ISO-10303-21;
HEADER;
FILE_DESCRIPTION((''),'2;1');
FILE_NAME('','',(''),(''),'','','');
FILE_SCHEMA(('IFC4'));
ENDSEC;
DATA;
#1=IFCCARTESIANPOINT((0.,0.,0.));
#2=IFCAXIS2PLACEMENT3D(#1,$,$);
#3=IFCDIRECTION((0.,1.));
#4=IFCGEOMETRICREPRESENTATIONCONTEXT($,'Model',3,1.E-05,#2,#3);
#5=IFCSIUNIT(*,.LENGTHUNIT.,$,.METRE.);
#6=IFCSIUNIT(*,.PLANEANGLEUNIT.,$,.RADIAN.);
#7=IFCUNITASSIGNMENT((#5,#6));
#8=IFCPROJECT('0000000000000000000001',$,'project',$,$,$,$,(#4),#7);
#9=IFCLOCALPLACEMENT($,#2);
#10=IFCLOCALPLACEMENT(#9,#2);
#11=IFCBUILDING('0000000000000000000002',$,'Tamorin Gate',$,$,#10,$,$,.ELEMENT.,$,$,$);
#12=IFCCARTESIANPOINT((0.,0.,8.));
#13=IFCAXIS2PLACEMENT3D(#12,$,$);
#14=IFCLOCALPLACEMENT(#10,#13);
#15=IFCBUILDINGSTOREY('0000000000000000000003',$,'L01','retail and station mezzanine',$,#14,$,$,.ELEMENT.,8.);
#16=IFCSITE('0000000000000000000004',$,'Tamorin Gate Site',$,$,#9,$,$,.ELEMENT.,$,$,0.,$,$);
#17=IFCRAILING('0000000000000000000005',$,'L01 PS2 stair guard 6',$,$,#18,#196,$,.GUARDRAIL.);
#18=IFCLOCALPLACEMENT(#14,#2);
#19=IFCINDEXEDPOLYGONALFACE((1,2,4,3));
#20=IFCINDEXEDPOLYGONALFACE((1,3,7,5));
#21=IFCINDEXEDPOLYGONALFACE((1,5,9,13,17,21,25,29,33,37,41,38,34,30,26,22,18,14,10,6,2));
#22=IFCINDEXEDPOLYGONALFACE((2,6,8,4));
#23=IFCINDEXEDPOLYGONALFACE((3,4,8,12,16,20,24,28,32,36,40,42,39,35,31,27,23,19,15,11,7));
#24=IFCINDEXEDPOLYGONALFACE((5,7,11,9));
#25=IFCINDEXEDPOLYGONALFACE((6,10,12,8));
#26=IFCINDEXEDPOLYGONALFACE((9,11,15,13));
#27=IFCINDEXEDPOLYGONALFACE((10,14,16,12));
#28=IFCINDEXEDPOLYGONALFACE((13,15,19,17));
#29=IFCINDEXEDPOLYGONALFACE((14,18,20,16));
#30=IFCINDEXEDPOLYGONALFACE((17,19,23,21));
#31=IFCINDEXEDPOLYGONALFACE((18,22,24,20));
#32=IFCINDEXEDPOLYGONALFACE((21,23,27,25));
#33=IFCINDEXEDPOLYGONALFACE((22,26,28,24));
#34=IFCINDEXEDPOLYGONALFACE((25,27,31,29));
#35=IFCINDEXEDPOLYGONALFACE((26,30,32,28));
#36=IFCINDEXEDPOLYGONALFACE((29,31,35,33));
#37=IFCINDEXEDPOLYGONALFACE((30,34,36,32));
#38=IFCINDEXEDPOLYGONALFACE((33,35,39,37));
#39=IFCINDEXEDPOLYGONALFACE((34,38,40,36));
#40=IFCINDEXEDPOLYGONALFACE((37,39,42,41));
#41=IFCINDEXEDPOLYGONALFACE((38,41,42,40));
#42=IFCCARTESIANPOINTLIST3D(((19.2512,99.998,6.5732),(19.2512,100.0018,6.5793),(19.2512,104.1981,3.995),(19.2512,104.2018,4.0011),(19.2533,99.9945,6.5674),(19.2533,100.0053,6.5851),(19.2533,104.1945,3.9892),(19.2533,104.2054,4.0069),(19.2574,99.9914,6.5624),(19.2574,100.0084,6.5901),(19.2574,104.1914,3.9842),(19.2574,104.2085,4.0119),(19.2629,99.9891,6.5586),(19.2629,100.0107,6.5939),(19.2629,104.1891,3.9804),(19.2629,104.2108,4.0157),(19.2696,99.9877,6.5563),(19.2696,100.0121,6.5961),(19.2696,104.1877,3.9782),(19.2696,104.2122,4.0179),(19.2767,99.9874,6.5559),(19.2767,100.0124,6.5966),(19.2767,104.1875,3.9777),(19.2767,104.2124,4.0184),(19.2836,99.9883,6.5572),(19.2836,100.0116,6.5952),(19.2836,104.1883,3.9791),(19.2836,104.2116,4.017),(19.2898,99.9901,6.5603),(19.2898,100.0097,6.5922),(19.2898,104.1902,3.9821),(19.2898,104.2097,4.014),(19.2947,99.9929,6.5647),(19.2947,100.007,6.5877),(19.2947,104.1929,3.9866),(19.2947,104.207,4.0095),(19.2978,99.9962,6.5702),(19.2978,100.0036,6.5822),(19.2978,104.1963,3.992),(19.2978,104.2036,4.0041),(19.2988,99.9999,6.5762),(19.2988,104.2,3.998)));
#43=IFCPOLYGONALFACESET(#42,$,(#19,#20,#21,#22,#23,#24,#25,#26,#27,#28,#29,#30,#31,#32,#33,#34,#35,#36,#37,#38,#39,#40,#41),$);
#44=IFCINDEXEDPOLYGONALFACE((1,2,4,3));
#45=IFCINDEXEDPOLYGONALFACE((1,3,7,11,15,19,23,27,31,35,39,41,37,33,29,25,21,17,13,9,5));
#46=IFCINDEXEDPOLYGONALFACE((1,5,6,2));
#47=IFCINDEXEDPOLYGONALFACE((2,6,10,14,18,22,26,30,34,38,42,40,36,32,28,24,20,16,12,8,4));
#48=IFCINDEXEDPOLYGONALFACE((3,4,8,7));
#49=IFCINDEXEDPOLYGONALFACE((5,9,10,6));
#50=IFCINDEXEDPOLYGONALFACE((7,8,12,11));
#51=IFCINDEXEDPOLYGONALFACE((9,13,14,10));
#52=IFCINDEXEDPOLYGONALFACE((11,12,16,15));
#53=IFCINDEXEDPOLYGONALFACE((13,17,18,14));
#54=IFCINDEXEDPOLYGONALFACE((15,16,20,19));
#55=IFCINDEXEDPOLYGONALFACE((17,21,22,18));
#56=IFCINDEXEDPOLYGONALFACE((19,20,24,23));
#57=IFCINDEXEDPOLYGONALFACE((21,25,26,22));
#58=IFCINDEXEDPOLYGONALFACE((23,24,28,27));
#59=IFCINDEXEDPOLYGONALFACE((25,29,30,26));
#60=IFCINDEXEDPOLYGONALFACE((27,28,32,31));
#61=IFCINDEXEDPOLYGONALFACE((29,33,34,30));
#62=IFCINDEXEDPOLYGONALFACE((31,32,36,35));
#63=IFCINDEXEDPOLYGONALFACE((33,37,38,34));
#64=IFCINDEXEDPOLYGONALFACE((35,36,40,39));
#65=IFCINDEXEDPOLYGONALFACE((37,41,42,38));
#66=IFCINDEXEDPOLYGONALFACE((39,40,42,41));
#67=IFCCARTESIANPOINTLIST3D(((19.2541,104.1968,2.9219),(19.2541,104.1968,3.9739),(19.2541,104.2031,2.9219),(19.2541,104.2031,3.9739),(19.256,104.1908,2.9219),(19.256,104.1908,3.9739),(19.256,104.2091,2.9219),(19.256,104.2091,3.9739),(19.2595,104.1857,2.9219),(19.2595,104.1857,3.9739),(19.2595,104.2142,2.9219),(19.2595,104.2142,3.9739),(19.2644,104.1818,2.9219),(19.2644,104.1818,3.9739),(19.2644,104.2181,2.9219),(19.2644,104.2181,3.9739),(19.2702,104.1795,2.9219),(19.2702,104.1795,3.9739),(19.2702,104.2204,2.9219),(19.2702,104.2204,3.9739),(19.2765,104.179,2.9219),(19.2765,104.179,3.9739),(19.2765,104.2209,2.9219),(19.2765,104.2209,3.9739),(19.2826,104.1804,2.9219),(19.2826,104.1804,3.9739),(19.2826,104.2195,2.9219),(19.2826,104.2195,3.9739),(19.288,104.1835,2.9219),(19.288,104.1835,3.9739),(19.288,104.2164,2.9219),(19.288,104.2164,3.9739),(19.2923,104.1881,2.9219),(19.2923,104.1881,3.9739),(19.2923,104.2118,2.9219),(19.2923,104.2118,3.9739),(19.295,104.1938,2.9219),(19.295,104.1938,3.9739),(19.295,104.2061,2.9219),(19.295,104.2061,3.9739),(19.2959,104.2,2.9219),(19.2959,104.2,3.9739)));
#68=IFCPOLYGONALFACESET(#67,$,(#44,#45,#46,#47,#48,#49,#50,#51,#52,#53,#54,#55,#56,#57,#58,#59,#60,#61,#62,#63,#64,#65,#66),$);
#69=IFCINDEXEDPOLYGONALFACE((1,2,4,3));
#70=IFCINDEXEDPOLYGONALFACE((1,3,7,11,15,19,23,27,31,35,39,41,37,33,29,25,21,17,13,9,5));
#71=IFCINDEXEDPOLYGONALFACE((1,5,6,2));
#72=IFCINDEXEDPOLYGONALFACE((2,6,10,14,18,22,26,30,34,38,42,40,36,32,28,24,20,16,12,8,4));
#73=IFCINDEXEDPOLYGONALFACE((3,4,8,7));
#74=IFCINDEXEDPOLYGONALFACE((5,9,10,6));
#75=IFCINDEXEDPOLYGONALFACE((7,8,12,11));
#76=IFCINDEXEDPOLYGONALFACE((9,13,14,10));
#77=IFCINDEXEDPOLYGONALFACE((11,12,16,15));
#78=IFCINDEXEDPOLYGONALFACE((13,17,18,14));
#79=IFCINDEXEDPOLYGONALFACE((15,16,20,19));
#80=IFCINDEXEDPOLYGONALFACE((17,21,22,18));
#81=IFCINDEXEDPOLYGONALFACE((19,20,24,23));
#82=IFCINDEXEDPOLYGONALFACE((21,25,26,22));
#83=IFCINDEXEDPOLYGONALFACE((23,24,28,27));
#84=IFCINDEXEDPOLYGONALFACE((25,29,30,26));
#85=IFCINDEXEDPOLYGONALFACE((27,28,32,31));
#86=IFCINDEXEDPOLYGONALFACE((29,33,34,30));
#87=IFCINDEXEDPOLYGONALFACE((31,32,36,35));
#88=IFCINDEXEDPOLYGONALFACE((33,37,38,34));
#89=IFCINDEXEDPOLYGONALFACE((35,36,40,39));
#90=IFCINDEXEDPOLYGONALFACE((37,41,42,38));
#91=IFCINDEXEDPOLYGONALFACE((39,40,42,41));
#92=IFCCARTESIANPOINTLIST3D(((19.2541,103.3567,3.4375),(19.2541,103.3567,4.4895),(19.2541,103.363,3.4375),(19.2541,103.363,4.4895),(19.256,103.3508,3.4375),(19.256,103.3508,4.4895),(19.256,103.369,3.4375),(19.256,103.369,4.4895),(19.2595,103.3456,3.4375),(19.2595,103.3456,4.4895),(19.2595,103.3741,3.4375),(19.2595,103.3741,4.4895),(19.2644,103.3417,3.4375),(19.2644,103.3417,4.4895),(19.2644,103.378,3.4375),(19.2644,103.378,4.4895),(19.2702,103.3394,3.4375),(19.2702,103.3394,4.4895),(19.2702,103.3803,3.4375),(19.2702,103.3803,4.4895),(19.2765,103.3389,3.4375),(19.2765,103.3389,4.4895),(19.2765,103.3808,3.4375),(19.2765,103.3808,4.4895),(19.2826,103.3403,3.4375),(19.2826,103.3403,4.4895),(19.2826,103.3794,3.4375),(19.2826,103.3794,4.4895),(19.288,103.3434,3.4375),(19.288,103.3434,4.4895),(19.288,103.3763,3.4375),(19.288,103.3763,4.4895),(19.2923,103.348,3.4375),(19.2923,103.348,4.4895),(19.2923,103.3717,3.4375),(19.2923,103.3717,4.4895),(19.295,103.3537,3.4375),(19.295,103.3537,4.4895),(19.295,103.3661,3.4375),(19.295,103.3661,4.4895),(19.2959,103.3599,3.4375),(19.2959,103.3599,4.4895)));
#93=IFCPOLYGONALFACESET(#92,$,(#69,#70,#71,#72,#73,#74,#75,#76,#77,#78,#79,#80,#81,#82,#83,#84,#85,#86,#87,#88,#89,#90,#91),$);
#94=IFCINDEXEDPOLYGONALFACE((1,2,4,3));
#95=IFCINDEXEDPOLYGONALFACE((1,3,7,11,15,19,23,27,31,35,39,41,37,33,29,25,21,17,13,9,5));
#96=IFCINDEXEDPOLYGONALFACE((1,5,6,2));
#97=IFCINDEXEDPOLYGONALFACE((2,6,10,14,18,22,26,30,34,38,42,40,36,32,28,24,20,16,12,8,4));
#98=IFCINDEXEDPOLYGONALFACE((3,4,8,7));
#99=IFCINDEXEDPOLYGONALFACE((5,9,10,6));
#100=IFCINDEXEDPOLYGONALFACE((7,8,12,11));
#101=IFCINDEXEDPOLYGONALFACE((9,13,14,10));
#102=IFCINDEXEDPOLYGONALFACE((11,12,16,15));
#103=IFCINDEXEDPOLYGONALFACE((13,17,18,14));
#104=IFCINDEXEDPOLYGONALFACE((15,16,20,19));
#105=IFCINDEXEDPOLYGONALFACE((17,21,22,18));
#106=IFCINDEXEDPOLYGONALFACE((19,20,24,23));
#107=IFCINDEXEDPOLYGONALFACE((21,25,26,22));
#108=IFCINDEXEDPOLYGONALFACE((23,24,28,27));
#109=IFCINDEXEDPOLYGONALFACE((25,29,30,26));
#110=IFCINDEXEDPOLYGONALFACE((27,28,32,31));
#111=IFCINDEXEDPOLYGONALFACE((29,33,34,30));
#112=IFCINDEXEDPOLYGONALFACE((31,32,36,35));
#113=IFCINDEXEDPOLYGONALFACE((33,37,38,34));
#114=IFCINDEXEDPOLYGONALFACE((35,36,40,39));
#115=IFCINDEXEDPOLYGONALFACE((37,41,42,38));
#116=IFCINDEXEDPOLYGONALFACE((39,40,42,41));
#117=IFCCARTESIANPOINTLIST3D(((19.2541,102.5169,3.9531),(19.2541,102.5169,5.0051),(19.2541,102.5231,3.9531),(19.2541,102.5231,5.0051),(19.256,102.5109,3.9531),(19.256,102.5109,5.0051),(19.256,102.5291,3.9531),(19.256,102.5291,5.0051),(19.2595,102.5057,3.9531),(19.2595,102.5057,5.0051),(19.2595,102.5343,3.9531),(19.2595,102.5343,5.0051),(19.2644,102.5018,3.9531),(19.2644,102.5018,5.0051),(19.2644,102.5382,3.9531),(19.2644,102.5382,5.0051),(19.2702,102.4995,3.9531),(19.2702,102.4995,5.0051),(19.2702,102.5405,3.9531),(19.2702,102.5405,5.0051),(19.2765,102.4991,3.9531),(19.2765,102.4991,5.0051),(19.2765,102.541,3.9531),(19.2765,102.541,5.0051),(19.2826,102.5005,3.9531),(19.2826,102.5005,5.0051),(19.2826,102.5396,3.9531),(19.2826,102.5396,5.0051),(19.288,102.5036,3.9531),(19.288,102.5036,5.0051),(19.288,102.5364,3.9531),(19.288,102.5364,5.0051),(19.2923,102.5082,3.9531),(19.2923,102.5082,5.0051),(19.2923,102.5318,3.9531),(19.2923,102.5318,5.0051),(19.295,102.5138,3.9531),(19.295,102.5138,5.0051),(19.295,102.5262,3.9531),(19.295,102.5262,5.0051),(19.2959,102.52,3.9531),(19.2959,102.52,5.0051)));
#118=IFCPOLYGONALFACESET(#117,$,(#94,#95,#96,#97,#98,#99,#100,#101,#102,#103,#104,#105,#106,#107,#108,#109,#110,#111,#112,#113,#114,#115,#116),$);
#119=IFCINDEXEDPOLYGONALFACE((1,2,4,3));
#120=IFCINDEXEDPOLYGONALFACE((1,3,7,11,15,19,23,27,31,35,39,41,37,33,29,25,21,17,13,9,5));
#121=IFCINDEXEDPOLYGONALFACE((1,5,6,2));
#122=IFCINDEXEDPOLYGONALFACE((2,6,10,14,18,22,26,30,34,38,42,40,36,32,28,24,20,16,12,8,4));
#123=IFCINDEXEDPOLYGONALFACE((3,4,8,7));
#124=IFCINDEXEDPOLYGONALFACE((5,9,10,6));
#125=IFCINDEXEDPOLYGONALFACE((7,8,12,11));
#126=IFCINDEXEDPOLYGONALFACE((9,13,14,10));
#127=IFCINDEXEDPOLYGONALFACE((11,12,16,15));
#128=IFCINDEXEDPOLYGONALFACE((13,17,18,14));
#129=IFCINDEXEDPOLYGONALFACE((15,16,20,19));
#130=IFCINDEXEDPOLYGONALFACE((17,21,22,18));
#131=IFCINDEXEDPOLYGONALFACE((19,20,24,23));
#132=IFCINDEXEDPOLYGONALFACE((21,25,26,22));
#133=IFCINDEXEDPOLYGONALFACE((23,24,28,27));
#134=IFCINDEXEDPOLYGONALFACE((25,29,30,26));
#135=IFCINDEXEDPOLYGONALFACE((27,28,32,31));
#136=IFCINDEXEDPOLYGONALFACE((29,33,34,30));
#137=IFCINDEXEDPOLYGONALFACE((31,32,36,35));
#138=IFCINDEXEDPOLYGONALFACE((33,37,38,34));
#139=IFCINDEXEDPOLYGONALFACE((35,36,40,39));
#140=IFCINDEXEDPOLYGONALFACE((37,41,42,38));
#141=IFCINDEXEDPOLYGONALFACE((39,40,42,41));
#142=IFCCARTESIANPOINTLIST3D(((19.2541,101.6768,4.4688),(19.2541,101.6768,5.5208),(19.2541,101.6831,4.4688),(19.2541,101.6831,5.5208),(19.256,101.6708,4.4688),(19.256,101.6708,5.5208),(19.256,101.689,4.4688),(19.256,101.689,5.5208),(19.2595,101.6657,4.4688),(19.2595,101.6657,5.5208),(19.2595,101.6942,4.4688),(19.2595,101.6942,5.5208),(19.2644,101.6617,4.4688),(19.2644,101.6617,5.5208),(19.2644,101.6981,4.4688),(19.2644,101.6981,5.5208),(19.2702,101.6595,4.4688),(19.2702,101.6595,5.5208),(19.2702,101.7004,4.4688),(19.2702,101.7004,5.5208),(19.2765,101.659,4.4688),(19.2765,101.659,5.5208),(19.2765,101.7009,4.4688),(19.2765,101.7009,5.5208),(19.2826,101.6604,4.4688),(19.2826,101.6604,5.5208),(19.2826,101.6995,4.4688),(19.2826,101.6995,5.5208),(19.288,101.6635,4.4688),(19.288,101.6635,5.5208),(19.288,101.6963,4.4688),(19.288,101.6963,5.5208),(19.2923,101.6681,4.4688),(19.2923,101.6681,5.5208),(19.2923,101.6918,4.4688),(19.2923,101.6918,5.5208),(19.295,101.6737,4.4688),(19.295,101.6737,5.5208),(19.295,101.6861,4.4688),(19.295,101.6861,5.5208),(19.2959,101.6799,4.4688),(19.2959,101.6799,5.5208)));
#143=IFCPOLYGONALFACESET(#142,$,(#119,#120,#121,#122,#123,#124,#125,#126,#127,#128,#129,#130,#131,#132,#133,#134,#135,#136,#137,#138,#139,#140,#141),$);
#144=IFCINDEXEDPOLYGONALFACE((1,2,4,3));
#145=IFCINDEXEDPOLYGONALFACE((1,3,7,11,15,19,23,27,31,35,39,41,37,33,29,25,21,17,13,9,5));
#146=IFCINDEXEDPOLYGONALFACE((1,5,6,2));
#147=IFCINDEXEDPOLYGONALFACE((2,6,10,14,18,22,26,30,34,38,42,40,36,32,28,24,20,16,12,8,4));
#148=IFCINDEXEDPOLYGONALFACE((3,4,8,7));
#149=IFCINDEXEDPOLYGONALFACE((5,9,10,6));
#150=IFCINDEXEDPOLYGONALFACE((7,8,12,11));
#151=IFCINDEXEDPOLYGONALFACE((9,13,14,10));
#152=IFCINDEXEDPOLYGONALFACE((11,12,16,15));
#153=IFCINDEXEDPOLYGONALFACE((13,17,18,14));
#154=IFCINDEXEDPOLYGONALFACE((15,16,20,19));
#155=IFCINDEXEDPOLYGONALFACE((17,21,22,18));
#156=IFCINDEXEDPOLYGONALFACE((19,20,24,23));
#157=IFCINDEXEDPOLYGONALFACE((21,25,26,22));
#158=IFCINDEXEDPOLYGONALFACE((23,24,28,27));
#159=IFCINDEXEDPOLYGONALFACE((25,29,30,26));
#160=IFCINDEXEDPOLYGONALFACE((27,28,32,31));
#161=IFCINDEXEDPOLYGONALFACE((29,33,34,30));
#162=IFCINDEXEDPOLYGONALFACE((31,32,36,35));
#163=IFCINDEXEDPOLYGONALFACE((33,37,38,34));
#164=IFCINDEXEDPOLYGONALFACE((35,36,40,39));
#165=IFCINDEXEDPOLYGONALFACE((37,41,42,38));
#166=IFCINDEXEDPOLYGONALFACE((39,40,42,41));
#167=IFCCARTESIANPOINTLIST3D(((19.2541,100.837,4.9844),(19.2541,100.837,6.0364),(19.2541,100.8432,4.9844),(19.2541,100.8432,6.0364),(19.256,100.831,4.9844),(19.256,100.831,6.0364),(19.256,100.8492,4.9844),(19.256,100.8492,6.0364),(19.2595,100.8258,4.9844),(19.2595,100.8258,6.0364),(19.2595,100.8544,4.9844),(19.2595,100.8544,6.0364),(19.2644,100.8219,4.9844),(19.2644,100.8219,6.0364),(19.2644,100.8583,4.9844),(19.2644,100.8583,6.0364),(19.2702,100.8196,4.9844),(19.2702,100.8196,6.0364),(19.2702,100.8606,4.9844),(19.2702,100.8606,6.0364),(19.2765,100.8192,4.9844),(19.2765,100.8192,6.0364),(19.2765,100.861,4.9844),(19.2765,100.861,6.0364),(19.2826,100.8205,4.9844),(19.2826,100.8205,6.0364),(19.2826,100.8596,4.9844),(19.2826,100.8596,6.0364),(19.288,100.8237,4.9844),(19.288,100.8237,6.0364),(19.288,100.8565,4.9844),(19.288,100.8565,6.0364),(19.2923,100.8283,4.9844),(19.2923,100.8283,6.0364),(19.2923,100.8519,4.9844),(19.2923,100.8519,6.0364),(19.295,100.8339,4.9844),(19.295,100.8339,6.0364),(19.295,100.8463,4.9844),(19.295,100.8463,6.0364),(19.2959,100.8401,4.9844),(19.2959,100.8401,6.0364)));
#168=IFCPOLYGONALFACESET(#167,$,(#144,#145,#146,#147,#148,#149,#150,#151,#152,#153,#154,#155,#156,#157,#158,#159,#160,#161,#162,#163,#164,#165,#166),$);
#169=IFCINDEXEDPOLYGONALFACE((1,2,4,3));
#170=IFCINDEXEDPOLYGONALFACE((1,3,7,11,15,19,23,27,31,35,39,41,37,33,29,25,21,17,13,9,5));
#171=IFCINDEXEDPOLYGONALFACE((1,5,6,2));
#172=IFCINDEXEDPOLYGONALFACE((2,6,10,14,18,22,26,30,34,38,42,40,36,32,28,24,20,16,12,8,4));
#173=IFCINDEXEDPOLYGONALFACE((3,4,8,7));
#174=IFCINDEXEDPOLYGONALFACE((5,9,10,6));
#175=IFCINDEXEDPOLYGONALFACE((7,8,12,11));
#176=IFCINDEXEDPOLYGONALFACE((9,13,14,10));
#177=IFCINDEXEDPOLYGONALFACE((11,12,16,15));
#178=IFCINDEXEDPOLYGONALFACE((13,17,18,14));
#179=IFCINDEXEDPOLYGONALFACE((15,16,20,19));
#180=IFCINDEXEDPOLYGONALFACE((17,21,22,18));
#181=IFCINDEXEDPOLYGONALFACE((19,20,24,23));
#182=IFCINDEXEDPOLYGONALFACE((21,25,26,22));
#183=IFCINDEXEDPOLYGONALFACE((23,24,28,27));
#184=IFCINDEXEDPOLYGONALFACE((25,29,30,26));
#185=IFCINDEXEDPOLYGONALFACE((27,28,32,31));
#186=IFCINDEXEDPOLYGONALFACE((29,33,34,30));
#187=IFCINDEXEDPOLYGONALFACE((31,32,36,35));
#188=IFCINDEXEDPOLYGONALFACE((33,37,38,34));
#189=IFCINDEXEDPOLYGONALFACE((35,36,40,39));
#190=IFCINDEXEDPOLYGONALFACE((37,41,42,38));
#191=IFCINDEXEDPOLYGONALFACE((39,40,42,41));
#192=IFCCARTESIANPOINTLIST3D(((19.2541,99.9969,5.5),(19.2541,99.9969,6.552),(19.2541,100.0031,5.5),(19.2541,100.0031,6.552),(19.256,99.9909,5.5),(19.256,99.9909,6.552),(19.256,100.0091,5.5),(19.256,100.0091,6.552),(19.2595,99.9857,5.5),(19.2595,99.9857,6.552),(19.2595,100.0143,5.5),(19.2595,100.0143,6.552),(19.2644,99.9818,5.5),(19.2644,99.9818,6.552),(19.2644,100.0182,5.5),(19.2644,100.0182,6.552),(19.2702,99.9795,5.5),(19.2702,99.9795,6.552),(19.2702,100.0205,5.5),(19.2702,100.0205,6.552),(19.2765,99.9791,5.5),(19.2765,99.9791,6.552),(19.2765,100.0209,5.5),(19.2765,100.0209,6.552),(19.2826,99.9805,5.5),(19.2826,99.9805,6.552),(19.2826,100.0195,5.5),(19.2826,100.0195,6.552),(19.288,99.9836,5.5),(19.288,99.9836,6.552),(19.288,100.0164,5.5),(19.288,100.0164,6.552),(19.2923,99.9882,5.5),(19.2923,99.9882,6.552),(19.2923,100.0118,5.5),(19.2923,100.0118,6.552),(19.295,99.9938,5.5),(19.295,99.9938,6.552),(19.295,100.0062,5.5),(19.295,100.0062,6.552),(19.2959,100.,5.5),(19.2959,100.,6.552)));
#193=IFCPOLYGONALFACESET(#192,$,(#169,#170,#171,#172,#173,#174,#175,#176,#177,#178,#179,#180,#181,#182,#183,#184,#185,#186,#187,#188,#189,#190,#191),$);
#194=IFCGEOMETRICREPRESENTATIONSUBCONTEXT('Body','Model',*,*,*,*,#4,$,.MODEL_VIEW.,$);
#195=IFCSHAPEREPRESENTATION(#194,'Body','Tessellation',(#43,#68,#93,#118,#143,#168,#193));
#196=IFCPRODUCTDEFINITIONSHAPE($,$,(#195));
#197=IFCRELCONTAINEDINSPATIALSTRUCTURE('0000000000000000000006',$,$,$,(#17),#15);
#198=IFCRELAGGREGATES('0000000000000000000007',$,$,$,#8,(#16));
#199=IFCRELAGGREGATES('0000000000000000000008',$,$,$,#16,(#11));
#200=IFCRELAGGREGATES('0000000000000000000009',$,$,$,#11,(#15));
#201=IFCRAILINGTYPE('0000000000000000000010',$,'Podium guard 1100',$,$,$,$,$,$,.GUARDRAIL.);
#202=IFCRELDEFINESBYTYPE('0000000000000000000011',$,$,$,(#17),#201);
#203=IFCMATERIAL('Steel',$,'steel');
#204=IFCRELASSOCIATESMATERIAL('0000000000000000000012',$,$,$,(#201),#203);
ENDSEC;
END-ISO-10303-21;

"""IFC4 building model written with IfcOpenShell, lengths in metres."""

from ifc_helpers import new_model, si_unit, direction, frame, origin, origin_2d, place, context, subcontext, project, spatial, circle, extrude, material, type_object, element, save


model = new_model("IFC4")

# Units and contexts
model_context = context("Model", 3, precision=1e-05, world=origin(), true_north=direction((0.0, 1.0)))
body_context = subcontext(model_context, "Body", "Model", "MODEL_VIEW")
ifc_project = project(units=[si_unit("LENGTHUNIT", "METRE"), si_unit("PLANEANGLEUNIT", "RADIAN")], contexts=[model_context])

# Site, building, storey
site_placement = place(None, origin())
site = spatial("IfcSite", under=ifc_project, at=site_placement, Name="Tamorin Gate Site", CompositionType="ELEMENT", RefElevation=0.0)
building_placement = place(site_placement, origin())
building = spatial("IfcBuilding", under=site, at=building_placement, Name="Tamorin Gate", CompositionType="ELEMENT")
storey_placement = place(building_placement, frame((0.0, 0.0, 8.0)))
storey = spatial("IfcBuildingStorey", under=building, at=storey_placement, Name="L01", Description="retail and station mezzanine", CompositionType="ELEMENT", Elevation=8.0)

# Railing
ifc_material_1 = material(Name="Steel", Category="steel")
railing_type_1 = type_object("IfcRailingType", Name="Podium guard 1100", PredefinedType="GUARDRAIL", material=ifc_material_1)
railing_1_placement = place(storey_placement, frame((19.2749, 104.2, 2.9219)))
element("IfcRailing", 1, at=railing_1_placement, inside=storey, type_object=railing_type_1, Name="L01 PS2 stair guard 6", PredefinedType="GUARDRAIL", context=body_context, shape_type="SweptSolid", body=[
    extrude(circle(Radius=0.0239, at=origin_2d()), frame((0.0, 0.0, 1.0762), z_axis=(0.0, -0.852243, 0.523146), x_axis=(1.0, 0.0, 0.0)), (0.0, 0.0, 1.0), 4.9282),
    extrude(circle(Radius=0.021, at=origin_2d()), origin(), (0.0, 0.0, 1.0), 1.052),
    extrude(circle(Radius=0.021, at=origin_2d()), frame((0.0, -0.8401, 0.5156)), (0.0, 0.0, 1.0), 1.052),
    extrude(circle(Radius=0.021, at=origin_2d()), frame((0.0, -1.6799, 1.0312)), (0.0, 0.0, 1.0), 1.052),
    extrude(circle(Radius=0.021, at=origin_2d()), frame((0.0, -2.52, 1.5469)), (0.0, 0.0, 1.0), 1.052),
    extrude(circle(Radius=0.021, at=origin_2d()), frame((0.0, -3.3599, 2.0625)), (0.0, 0.0, 1.0), 1.052),
    extrude(circle(Radius=0.021, at=origin_2d()), frame((0.0, -4.2, 2.5781)), (0.0, 0.0, 1.0), 1.052),
])

save(model, "model.ifc")
